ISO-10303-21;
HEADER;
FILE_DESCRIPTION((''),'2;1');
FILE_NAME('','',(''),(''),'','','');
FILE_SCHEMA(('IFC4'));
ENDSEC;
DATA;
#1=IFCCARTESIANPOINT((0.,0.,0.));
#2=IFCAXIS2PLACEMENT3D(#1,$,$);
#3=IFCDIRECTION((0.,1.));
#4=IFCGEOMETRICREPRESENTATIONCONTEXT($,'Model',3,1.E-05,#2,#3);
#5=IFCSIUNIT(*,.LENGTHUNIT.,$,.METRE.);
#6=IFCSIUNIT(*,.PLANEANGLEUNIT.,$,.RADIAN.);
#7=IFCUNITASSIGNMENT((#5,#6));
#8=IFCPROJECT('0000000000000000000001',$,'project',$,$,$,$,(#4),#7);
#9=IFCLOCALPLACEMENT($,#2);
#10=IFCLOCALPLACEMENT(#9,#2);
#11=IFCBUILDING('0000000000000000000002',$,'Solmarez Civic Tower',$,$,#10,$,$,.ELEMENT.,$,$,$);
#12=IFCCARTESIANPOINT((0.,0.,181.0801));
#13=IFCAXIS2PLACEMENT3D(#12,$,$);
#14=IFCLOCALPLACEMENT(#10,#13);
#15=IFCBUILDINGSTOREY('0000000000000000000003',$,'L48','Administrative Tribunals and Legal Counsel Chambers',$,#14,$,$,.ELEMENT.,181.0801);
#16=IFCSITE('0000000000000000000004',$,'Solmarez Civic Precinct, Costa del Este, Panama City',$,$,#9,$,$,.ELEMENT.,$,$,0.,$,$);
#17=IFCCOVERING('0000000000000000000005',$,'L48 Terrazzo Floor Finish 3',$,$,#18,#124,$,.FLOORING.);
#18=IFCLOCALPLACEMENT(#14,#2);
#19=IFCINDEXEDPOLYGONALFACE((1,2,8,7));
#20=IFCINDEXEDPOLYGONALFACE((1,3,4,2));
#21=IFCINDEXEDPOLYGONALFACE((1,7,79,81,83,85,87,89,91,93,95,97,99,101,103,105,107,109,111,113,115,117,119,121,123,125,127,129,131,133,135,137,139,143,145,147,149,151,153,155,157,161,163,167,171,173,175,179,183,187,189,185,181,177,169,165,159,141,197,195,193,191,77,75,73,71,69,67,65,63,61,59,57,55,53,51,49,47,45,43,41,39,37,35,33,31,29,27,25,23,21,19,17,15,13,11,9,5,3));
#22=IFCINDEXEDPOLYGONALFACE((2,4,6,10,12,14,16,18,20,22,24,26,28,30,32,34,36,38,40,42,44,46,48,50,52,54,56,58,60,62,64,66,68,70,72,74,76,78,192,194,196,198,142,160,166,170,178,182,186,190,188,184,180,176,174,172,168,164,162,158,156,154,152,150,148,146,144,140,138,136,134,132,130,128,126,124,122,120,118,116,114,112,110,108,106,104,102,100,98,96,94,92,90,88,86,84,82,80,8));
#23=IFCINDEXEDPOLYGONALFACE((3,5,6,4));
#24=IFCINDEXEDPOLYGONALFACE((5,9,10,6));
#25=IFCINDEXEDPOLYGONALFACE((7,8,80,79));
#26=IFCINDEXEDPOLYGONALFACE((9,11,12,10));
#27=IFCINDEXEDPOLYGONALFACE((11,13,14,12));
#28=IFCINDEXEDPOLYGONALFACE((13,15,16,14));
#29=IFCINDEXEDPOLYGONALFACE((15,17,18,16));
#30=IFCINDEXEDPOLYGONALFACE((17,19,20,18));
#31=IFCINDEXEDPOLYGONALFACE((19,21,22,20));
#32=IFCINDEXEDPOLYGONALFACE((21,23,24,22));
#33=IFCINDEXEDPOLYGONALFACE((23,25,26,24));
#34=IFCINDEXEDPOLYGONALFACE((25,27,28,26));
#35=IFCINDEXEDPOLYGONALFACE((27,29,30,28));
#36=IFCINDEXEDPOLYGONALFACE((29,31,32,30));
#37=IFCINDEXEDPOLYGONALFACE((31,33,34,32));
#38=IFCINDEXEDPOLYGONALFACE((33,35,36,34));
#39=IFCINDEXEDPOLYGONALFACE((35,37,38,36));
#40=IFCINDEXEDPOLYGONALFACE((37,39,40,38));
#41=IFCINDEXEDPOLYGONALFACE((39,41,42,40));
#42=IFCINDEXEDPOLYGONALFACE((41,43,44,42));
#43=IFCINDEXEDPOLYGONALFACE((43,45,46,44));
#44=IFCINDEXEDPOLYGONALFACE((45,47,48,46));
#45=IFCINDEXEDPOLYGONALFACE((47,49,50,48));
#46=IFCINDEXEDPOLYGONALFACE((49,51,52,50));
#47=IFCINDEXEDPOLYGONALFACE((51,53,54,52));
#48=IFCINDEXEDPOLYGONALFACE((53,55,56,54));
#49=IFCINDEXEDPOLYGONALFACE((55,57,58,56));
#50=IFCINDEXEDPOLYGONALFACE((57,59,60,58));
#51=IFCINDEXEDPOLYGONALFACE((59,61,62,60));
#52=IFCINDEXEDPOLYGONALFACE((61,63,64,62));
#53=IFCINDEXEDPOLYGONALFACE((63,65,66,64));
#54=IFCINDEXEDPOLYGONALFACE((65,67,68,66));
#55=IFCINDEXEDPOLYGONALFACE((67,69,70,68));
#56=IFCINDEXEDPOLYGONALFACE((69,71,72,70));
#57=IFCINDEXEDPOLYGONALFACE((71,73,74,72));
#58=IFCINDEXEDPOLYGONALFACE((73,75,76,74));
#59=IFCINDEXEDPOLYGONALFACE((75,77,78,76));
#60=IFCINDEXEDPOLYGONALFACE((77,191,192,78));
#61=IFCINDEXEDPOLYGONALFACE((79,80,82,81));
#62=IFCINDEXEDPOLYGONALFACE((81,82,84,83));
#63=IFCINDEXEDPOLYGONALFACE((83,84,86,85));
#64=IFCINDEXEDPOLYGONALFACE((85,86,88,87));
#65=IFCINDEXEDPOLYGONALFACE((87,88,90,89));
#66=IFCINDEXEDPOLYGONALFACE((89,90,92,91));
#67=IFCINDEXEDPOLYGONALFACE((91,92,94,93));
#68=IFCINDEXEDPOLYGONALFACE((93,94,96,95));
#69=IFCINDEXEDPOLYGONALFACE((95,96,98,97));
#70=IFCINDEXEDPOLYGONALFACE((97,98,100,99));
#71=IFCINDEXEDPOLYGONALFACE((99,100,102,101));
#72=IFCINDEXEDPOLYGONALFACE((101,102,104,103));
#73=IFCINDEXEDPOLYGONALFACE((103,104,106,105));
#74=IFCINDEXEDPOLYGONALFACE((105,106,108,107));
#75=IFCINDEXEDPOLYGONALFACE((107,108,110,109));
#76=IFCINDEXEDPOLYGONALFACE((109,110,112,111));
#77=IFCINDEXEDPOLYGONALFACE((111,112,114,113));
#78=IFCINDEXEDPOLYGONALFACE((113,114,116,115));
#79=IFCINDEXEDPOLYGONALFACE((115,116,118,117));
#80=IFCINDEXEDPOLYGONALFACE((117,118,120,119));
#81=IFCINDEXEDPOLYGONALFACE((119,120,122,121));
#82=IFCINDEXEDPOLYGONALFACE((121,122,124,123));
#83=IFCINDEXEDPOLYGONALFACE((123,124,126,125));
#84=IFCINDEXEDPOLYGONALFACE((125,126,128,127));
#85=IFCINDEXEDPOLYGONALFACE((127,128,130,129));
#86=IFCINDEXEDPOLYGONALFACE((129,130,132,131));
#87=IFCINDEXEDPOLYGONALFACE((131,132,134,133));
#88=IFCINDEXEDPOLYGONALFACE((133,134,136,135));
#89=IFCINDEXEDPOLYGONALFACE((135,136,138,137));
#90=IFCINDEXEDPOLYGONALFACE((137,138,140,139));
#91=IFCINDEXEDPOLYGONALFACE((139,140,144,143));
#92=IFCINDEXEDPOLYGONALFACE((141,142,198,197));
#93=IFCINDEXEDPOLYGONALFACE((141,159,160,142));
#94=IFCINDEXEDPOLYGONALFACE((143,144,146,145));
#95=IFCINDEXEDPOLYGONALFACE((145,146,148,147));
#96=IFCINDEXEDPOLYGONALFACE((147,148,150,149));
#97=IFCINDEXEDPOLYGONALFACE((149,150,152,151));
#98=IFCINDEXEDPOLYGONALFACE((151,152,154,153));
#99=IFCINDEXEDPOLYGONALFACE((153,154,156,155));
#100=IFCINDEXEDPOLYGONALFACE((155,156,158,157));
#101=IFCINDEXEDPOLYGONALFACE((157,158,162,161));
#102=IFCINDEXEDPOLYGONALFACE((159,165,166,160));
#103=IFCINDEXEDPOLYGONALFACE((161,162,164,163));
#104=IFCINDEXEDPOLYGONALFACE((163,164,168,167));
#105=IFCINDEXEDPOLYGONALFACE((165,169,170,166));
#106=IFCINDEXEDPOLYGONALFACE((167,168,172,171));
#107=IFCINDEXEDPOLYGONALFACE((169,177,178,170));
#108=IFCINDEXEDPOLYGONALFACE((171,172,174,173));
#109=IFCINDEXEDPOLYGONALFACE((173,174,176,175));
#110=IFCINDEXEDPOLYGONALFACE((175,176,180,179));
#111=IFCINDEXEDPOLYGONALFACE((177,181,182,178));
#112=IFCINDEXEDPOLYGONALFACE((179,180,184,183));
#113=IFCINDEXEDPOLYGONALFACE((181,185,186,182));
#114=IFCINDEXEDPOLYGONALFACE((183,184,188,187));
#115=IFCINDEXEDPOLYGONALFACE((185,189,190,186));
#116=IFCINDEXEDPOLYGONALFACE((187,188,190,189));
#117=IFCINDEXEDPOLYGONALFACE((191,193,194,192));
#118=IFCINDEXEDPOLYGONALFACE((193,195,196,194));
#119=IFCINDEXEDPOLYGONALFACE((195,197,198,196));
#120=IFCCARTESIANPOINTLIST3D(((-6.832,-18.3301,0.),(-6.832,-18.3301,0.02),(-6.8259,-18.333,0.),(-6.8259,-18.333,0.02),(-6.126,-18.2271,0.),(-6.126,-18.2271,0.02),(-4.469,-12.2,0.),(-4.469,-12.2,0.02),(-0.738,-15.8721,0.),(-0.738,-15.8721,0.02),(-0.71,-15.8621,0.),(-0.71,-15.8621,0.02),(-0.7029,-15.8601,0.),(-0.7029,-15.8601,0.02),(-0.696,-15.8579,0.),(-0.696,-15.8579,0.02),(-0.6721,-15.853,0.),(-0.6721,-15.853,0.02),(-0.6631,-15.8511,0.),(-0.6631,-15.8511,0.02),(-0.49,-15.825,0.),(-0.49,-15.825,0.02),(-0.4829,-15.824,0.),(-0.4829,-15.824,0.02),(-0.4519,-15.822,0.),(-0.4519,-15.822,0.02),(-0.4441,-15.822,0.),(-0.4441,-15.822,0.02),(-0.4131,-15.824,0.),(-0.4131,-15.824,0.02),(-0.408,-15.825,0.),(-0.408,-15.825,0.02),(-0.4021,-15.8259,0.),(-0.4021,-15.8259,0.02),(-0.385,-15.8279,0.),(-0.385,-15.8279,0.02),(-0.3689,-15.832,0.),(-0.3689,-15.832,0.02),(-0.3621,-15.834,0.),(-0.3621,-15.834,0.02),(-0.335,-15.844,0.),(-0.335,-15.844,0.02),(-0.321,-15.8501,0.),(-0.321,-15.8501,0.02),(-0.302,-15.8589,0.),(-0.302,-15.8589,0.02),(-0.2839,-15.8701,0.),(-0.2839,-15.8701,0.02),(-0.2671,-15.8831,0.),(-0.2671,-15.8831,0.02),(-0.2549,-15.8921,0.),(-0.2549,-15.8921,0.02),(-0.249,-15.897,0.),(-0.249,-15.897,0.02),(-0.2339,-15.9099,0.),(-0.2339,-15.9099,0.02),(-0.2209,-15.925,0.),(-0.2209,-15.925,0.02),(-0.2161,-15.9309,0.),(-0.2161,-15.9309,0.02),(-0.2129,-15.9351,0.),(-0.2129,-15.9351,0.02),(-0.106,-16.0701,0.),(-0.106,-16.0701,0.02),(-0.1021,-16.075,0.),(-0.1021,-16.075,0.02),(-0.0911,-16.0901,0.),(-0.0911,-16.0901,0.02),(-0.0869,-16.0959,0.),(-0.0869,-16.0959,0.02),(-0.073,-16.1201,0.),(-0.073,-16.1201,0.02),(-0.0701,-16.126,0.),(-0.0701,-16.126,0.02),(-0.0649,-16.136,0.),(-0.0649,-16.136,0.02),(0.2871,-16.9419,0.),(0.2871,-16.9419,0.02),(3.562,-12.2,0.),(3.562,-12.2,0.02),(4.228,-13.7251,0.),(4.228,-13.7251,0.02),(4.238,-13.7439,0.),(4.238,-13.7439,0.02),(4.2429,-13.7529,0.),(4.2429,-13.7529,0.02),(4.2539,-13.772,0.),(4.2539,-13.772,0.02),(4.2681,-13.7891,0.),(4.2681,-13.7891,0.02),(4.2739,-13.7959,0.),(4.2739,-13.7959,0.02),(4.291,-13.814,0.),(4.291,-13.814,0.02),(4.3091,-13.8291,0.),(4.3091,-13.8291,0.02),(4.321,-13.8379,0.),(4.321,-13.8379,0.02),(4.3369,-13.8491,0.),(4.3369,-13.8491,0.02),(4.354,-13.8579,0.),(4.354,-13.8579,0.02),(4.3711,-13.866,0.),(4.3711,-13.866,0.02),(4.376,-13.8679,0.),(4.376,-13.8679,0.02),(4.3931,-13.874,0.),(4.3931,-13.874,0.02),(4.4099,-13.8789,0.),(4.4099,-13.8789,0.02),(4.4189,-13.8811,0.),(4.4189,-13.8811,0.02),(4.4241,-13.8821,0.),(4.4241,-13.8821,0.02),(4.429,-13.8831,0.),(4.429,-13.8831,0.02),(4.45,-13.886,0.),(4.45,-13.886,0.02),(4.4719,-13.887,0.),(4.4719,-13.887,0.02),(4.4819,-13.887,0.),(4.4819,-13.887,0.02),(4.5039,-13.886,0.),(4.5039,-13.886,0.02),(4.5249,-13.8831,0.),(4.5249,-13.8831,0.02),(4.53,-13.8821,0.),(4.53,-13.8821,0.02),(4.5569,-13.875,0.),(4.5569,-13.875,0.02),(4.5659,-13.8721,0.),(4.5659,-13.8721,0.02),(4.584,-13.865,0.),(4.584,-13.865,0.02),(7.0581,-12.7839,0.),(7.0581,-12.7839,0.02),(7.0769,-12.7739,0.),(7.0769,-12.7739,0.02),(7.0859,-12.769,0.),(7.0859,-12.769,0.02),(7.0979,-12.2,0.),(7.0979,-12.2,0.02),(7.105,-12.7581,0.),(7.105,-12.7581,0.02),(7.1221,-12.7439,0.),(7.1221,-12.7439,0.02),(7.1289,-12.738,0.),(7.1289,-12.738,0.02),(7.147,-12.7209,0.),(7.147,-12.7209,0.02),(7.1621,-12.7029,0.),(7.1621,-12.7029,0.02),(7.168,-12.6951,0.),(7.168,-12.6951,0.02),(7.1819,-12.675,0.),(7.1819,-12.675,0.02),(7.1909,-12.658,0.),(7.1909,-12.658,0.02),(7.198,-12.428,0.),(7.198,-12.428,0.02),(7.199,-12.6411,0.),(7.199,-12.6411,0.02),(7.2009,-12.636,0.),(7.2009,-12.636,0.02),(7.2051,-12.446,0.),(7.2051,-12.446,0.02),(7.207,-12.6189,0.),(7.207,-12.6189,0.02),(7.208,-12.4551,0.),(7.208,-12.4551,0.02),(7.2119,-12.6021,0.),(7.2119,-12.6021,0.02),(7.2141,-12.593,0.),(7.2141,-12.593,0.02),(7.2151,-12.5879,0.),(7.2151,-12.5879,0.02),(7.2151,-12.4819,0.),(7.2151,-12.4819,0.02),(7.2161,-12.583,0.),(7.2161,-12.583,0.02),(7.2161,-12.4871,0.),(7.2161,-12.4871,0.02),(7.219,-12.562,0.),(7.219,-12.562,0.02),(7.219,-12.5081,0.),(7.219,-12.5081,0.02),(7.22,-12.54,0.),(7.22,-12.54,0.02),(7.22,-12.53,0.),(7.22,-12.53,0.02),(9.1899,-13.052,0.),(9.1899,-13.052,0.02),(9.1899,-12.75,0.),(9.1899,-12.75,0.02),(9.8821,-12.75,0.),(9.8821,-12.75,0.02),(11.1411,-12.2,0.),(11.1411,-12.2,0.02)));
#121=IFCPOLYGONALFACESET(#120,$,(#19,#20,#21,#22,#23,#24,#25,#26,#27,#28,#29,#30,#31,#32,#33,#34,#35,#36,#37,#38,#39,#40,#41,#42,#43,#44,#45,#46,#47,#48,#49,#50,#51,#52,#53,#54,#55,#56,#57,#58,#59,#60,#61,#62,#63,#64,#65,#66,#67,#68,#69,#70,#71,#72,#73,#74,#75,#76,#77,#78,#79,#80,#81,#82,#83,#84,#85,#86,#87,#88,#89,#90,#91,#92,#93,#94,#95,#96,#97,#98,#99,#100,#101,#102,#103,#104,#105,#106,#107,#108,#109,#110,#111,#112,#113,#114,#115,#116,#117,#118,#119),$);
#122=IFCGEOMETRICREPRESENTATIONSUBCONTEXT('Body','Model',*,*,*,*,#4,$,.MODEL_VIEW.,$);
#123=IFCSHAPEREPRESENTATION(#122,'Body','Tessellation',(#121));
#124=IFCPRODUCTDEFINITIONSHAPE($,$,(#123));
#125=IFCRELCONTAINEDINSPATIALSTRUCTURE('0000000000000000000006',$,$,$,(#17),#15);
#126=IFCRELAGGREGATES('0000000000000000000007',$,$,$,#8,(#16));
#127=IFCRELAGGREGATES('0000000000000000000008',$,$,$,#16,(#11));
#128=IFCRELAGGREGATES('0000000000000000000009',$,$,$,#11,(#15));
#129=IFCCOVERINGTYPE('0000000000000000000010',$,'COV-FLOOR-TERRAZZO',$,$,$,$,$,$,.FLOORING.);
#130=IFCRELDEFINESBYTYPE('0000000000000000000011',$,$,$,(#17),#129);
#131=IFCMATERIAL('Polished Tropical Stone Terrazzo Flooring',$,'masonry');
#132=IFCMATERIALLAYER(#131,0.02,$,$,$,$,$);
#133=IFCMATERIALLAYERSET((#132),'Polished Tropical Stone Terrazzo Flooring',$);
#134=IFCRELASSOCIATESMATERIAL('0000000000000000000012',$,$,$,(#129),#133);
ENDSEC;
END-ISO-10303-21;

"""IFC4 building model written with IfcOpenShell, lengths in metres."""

from ifc_helpers import new_model, si_unit, direction, frame, origin, place, context, subcontext, project, spatial, polyline, outline, extrude, material, layer, layer_set, type_object, element, save


model = new_model("IFC4")

# Units and contexts
model_context = context("Model", 3, precision=1e-05, world=origin(), true_north=direction((0.0, 1.0)))
body_context = subcontext(model_context, "Body", "Model", "MODEL_VIEW")
ifc_project = project(units=[si_unit("LENGTHUNIT", "METRE"), si_unit("PLANEANGLEUNIT", "RADIAN")], contexts=[model_context])

# Site, building, storey
site_placement = place(None, origin())
site = spatial("IfcSite", under=ifc_project, at=site_placement, Name="Solmarez Civic Precinct, Costa del Este, Panama City", CompositionType="ELEMENT", RefElevation=0.0)
building_placement = place(site_placement, origin())
building = spatial("IfcBuilding", under=site, at=building_placement, Name="Solmarez Civic Tower", CompositionType="ELEMENT")
storey_placement = place(building_placement, frame((0.0, 0.0, 181.0801)))
storey = spatial("IfcBuildingStorey", under=building, at=storey_placement, Name="L48", Description="Administrative Tribunals and Legal Counsel Chambers", CompositionType="ELEMENT", Elevation=181.0801)

# Covering
ifc_material_1 = material(Name="Polished Tropical Stone Terrazzo Flooring", Category="masonry")
ifc_layer_1 = layer(ifc_material_1, 0.02)
ifc_layer_set_1 = layer_set([ifc_layer_1], Name="Polished Tropical Stone Terrazzo Flooring")
covering_type_1 = type_object("IfcCoveringType", Name="COV-FLOOR-TERRAZZO", PredefinedType="FLOORING", material=ifc_layer_set_1)
covering_1_placement = place(storey_placement, origin())
element("IfcCovering", 1, at=covering_1_placement, inside=storey, type_object=covering_type_1, Name="L48 Terrazzo Floor Finish 3", PredefinedType="FLOORING", context=body_context, shape_type="SweptSolid", body=[
    extrude(outline(polyline([(-0.2549, -15.8921), (-0.249, -15.897), (-0.2339, -15.9099), (-0.2209, -15.925), (-0.2161, -15.9309), (-0.2129, -15.9351), (-0.106, -16.0701), (-0.1021, -16.075), (-0.0911, -16.0901), (-0.0869, -16.0959), (-0.073, -16.1201), (-0.0701, -16.126), (-0.0649, -16.136), (0.2871, -16.9419), (9.1899, -13.052), (9.1899, -12.75), (9.8821, -12.75), (11.1411, -12.2), (7.0979, -12.2), (7.198, -12.428), (7.2051, -12.446), (7.208, -12.4551), (7.2151, -12.4819), (7.2161, -12.4871), (7.219, -12.5081), (7.22, -12.53), (7.22, -12.54), (7.219, -12.562), (7.2161, -12.583), (7.2151, -12.5879), (7.2141, -12.593), (7.2119, -12.6021), (7.207, -12.6189), (7.2009, -12.636), (7.199, -12.6411), (7.1909, -12.658), (7.1819, -12.675), (7.168, -12.6951), (7.1621, -12.7029), (7.147, -12.7209), (7.1289, -12.738), (7.1221, -12.7439), (7.105, -12.7581), (7.0859, -12.769), (7.0769, -12.7739), (7.0581, -12.7839), (4.584, -13.865), (4.5659, -13.8721), (4.5569, -13.875), (4.53, -13.8821), (4.5249, -13.8831), (4.5039, -13.886), (4.4819, -13.887), (4.4719, -13.887), (4.45, -13.886), (4.429, -13.8831), (4.4241, -13.8821), (4.4189, -13.8811), (4.4099, -13.8789), (4.3931, -13.874), (4.376, -13.8679), (4.3711, -13.866), (4.354, -13.8579), (4.3369, -13.8491), (4.321, -13.8379), (4.3091, -13.8291), (4.291, -13.814), (4.2739, -13.7959), (4.2681, -13.7891), (4.2539, -13.772), (4.2429, -13.7529), (4.238, -13.7439), (4.228, -13.7251), (3.562, -12.2), (-4.469, -12.2), (-6.832, -18.3301), (-6.8259, -18.333), (-6.126, -18.2271), (-0.738, -15.8721), (-0.71, -15.8621), (-0.7029, -15.8601), (-0.696, -15.8579), (-0.6721, -15.853), (-0.6631, -15.8511), (-0.49, -15.825), (-0.4829, -15.824), (-0.4519, -15.822), (-0.4441, -15.822), (-0.4131, -15.824), (-0.408, -15.825), (-0.4021, -15.8259), (-0.385, -15.8279), (-0.3689, -15.832), (-0.3621, -15.834), (-0.335, -15.844), (-0.321, -15.8501), (-0.302, -15.8589), (-0.2839, -15.8701), (-0.2671, -15.8831), (-0.2549, -15.8921)])), origin(), (0.0, 0.0, 1.0), 0.02),
])

save(model, "model.ifc")
